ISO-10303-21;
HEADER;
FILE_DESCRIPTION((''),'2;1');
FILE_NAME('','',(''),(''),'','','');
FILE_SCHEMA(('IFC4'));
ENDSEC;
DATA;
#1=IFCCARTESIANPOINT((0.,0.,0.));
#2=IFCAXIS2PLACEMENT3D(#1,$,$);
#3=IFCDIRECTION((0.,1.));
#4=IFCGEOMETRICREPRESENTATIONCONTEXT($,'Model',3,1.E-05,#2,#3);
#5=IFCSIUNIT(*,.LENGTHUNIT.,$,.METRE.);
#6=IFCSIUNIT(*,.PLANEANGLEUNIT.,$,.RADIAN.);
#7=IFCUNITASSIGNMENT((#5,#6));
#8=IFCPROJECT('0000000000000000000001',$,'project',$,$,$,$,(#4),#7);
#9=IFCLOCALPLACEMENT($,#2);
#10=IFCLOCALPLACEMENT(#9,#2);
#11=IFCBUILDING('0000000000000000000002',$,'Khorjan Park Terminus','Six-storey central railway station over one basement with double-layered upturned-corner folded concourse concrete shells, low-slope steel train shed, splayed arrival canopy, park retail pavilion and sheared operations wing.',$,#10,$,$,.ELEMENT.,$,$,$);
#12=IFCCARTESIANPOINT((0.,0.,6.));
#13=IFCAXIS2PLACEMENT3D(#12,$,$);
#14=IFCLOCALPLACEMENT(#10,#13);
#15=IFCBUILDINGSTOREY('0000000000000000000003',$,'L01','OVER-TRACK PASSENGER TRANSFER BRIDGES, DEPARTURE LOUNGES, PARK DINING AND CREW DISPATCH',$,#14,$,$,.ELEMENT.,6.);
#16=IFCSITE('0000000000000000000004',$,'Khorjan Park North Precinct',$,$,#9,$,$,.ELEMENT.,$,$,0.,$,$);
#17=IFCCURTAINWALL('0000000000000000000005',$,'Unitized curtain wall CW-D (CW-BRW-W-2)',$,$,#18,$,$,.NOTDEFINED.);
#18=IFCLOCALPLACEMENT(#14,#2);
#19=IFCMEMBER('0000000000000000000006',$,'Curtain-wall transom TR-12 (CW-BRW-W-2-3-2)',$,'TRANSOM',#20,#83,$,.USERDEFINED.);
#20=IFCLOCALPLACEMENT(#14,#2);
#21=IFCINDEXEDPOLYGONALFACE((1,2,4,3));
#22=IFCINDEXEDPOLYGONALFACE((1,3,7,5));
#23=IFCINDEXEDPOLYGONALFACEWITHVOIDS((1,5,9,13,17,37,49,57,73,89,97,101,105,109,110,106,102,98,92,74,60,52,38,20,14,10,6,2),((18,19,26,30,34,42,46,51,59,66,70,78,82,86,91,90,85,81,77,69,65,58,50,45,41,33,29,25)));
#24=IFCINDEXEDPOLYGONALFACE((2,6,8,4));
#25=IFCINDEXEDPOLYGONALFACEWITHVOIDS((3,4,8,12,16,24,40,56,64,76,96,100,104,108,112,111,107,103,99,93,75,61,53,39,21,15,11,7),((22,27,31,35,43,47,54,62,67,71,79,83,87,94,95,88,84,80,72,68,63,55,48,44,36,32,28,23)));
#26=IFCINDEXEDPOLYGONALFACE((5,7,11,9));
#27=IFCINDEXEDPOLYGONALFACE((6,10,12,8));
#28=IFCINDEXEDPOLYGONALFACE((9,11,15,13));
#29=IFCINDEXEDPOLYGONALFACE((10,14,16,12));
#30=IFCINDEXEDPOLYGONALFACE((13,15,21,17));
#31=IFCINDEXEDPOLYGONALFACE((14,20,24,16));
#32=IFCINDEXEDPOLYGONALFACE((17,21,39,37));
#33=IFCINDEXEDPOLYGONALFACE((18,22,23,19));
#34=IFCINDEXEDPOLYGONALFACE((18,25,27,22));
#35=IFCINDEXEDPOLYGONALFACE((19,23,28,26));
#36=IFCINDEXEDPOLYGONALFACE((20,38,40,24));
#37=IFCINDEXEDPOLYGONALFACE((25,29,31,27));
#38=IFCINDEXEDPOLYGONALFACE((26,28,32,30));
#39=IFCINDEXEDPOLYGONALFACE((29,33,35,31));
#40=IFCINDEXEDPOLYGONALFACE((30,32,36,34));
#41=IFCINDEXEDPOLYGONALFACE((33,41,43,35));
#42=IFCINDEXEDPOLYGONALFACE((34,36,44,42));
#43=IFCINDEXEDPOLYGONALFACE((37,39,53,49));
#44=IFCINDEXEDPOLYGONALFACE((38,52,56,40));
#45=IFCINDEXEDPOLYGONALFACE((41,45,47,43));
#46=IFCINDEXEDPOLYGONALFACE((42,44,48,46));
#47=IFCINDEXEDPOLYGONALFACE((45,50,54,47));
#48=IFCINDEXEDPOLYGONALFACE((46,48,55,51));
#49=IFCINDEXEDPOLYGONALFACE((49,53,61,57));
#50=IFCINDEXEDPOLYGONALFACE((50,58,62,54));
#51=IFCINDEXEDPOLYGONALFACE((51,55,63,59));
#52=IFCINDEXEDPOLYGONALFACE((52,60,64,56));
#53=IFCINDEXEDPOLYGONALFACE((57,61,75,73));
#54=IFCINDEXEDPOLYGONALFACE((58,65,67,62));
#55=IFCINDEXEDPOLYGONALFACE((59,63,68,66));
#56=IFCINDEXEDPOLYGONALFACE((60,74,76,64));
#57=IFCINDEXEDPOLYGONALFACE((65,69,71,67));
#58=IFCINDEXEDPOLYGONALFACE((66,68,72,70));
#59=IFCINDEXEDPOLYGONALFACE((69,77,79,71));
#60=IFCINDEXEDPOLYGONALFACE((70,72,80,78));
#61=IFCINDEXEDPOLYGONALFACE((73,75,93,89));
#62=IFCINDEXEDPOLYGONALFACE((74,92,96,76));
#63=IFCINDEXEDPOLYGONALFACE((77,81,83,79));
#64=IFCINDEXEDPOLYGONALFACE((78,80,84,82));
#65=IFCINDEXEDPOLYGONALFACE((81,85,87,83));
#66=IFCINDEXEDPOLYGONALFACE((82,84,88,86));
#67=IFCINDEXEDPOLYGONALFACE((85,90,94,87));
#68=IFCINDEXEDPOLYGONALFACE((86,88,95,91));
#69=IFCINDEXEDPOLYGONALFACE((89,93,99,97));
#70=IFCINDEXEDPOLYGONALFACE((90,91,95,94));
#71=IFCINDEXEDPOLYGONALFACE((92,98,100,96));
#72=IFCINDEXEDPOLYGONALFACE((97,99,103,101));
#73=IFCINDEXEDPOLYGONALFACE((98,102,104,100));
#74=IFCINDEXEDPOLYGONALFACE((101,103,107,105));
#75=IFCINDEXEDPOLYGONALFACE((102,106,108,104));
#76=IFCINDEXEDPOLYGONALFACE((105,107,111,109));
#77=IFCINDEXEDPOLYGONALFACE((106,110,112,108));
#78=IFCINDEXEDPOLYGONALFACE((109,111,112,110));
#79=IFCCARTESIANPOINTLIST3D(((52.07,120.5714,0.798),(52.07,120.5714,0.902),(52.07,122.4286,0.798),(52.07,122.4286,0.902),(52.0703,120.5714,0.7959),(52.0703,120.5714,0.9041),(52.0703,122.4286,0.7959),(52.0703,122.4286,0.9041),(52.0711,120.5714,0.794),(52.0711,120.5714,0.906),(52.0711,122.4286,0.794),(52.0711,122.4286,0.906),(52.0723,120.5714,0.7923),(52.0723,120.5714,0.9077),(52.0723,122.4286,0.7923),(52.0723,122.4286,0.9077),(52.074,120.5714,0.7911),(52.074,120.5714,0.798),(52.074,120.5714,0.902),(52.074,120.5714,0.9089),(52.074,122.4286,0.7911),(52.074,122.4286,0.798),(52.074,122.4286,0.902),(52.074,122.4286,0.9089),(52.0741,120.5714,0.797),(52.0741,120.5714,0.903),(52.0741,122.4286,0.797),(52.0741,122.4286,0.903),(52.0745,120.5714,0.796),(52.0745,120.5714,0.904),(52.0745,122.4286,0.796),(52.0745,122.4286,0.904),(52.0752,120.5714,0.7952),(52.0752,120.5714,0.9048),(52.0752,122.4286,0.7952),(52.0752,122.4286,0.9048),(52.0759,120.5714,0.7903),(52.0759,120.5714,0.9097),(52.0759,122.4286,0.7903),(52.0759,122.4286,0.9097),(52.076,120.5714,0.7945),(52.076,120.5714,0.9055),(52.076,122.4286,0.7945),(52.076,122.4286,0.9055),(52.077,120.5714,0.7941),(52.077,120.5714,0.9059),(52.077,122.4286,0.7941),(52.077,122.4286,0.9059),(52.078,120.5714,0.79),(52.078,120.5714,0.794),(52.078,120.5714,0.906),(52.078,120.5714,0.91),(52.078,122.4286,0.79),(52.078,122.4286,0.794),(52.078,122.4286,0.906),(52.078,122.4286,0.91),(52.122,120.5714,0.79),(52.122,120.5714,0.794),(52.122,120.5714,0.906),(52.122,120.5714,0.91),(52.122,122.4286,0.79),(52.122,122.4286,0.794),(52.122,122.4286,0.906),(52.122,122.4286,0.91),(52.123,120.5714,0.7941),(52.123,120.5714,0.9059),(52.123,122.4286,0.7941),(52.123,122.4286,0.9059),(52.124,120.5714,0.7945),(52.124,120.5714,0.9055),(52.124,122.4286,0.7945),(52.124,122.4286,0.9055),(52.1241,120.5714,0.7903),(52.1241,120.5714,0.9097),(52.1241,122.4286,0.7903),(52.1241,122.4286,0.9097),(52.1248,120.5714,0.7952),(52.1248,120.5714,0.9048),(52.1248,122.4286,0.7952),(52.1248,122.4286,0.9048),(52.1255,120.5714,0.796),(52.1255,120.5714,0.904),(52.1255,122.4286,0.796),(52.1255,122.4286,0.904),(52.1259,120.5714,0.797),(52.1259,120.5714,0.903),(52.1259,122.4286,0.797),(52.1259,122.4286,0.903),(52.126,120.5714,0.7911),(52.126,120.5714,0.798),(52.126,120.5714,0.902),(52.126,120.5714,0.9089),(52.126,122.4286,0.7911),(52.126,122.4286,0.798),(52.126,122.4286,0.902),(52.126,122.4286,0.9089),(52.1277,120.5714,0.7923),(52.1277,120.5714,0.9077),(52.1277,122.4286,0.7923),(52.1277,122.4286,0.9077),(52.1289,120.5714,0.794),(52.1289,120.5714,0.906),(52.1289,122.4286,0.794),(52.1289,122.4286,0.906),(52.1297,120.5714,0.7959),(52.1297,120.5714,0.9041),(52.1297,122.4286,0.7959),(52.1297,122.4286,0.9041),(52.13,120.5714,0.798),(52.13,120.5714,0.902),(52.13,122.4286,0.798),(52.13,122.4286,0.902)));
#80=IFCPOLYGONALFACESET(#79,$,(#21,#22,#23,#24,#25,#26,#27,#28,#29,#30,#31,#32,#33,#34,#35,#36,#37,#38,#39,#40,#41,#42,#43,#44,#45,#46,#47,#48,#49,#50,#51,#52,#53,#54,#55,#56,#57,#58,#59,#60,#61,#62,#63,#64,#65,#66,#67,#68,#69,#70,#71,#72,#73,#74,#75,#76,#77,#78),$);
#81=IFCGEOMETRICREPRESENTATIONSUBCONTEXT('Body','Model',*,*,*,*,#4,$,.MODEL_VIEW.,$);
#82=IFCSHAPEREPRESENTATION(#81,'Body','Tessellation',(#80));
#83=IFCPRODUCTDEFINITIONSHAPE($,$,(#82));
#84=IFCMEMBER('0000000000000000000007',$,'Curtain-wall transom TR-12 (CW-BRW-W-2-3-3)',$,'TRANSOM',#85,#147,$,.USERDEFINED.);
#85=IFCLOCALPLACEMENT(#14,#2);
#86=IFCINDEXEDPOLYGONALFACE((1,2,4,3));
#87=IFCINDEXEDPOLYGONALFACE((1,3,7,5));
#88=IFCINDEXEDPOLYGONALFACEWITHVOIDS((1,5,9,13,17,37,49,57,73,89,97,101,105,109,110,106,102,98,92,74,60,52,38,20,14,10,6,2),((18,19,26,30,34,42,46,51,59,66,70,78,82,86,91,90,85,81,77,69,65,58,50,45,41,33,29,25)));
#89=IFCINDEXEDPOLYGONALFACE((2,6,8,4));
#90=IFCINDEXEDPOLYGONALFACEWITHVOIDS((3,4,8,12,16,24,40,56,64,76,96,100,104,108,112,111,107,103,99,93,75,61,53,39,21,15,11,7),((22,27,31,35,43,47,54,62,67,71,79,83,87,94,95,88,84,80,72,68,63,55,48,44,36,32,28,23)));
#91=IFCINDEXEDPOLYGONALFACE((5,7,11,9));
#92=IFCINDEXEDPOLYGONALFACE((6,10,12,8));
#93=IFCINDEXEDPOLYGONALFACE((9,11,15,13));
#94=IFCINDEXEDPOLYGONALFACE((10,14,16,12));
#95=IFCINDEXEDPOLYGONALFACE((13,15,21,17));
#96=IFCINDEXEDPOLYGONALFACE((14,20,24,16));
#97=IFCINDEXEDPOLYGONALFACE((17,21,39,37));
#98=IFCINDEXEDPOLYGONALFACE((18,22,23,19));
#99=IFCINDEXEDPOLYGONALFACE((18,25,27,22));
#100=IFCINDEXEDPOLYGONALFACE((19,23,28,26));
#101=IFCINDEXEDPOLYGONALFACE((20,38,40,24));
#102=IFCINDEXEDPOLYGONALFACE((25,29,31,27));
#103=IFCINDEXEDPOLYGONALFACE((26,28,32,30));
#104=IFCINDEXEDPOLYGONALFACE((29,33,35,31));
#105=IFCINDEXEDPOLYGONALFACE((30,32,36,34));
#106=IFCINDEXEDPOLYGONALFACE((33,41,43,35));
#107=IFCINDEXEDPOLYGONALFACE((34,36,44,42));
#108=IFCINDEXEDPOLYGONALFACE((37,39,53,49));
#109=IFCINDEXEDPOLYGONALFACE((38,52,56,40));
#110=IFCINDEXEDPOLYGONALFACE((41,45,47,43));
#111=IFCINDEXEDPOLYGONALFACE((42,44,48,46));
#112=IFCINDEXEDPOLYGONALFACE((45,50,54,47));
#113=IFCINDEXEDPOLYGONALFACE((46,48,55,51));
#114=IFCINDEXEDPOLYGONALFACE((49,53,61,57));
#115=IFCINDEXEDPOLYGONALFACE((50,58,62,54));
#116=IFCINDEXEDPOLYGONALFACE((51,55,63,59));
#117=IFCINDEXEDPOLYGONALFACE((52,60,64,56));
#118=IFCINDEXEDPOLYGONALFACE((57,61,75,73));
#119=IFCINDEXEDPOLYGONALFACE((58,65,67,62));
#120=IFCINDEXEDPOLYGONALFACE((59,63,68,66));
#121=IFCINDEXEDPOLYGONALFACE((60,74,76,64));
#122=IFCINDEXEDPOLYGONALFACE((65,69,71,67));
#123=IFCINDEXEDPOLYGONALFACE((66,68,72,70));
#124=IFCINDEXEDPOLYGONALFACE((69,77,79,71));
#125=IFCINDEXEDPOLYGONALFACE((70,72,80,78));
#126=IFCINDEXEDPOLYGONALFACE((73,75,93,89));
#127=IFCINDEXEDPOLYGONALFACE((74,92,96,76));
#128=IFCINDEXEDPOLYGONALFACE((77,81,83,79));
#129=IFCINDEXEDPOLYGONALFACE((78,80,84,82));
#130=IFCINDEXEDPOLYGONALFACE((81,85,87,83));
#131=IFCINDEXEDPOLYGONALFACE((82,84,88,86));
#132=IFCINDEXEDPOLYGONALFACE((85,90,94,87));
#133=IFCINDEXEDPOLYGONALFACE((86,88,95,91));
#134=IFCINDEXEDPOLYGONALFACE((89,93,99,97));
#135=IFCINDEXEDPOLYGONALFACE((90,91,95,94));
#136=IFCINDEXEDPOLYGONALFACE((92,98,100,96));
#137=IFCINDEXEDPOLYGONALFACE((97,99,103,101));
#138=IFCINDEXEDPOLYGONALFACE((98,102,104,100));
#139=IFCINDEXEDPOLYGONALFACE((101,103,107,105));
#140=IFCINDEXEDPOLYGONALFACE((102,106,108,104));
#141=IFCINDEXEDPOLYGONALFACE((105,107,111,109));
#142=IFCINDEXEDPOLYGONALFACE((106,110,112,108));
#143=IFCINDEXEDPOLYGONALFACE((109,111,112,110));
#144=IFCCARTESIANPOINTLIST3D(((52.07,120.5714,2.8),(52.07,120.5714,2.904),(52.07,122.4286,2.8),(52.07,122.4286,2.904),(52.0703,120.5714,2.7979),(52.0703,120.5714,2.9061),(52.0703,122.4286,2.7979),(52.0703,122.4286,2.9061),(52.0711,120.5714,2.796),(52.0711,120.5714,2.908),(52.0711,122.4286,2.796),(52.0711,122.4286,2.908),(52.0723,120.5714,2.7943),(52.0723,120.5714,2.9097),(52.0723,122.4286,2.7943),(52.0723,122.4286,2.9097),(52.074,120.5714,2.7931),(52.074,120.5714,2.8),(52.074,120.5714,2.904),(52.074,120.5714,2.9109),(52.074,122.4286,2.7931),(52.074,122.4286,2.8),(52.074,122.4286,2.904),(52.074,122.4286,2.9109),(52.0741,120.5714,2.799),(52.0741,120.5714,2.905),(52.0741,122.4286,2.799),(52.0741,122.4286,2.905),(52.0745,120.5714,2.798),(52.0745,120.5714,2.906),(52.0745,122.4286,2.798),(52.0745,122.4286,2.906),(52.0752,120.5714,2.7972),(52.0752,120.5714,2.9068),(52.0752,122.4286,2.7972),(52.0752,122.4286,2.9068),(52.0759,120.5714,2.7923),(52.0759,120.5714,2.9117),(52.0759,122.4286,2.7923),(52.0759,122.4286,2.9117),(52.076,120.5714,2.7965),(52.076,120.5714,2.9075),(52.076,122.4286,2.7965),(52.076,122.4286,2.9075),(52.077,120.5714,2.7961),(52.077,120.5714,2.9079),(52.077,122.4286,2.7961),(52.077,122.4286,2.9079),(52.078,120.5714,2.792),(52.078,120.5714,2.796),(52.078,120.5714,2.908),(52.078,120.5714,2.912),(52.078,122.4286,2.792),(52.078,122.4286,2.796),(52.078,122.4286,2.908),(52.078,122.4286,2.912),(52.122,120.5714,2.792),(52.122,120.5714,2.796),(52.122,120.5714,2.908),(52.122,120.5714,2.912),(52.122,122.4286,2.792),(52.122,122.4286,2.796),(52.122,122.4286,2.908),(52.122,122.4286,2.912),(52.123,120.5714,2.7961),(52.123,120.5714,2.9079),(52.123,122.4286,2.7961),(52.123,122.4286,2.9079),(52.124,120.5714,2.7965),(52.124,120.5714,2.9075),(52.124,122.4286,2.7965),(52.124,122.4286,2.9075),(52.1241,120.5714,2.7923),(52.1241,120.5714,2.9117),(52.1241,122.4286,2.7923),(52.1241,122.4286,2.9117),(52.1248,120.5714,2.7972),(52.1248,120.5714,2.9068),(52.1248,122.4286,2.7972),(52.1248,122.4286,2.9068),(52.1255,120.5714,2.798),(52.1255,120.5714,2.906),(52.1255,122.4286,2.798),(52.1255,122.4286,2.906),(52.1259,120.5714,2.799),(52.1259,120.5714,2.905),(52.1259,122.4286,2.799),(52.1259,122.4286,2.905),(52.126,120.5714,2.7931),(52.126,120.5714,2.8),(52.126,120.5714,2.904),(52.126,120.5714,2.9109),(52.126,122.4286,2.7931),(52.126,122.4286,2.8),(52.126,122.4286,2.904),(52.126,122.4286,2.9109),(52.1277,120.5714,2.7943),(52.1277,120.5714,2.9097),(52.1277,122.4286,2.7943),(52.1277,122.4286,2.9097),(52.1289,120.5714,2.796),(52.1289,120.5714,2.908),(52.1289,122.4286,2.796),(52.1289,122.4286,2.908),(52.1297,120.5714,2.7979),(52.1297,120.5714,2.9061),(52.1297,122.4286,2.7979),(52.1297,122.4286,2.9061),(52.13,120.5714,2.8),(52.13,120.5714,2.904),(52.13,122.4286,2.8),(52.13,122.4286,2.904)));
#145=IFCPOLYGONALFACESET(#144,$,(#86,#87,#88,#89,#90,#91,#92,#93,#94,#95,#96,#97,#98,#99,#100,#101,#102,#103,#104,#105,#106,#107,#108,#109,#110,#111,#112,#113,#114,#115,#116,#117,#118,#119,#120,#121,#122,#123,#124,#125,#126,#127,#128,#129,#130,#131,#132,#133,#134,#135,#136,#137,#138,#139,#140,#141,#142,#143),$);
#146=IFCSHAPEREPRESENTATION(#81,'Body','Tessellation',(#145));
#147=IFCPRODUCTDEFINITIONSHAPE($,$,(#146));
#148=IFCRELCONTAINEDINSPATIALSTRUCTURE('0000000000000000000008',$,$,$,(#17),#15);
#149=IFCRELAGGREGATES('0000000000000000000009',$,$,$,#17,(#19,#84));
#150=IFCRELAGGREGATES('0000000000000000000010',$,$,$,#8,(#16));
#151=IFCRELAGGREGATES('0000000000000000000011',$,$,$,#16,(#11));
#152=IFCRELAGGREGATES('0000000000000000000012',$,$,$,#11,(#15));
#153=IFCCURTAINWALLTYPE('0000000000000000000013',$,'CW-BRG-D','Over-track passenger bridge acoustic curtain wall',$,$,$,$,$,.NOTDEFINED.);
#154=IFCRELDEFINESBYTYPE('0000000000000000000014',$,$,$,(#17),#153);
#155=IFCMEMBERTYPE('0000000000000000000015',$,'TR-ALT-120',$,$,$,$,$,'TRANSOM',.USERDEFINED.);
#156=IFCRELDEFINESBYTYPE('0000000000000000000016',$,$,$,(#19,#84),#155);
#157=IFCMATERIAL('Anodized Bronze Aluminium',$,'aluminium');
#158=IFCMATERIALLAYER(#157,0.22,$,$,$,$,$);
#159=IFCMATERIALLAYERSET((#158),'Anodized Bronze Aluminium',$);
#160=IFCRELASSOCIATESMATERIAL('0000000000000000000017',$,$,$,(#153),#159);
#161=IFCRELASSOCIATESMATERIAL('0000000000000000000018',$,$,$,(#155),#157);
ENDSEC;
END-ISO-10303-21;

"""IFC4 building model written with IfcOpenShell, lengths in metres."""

from ifc_helpers import new_model, si_unit, direction, frame, origin, origin_2d, place, context, subcontext, project, spatial, hollow_rectangle, extrude, material, layer, layer_set, material_profile, profile_set, type_object, element, aggregate, save


model = new_model("IFC4")

# Units and contexts
model_context = context("Model", 3, precision=1e-05, world=origin(), true_north=direction((0.0, 1.0)))
body_context = subcontext(model_context, "Body", "Model", "MODEL_VIEW")
ifc_project = project(units=[si_unit("LENGTHUNIT", "METRE"), si_unit("PLANEANGLEUNIT", "RADIAN")], contexts=[model_context])

# Site, building, storey
site_placement = place(None, origin())
site = spatial("IfcSite", under=ifc_project, at=site_placement, Name="Khorjan Park North Precinct", CompositionType="ELEMENT", RefElevation=0.0)
building_placement = place(site_placement, origin())
building = spatial("IfcBuilding", under=site, at=building_placement, Name="Khorjan Park Terminus", Description="Six-storey central railway station over one basement with double-layered upturned-corner folded concourse concrete shells, low-slope steel train shed, splayed arrival canopy, park retail pavilion and sheared operations wing.", CompositionType="ELEMENT")
storey_placement = place(building_placement, frame((0.0, 0.0, 6.0)))
storey = spatial("IfcBuildingStorey", under=building, at=storey_placement, Name="L01", Description="OVER-TRACK PASSENGER TRANSFER BRIDGES, DEPARTURE LOUNGES, PARK DINING AND CREW DISPATCH", CompositionType="ELEMENT", Elevation=6.0)

# Curtain wall, members
ifc_material_1 = material(Name="Anodized Bronze Aluminium", Category="aluminium")
ifc_layer_1 = layer(ifc_material_1, 0.22)
ifc_layer_set_1 = layer_set([ifc_layer_1], Name="Anodized Bronze Aluminium")
curtain_wall_type = type_object("IfcCurtainWallType", Name="CW-BRG-D", Description="Over-track passenger bridge acoustic curtain wall", PredefinedType="NOTDEFINED", material=ifc_layer_set_1)
curtain_wall_placement = place(storey_placement, origin())
curtain_wall = element("IfcCurtainWall", 1, at=curtain_wall_placement, inside=storey, type_object=curtain_wall_type, Name="Unitized curtain wall CW-D (CW-BRW-W-2)", PredefinedType="NOTDEFINED")
ifc_material_profile_1 = material_profile(ifc_material_1, hollow_rectangle(XDim=0.06, YDim=0.12, WallThickness=0.004, InnerFilletRadius=0.004, OuterFilletRadius=0.008, at=origin_2d()), Name="ALT 60x120x4")
ifc_profile_set_1 = profile_set([ifc_material_profile_1], Name="Anodized Bronze Aluminium")
member_type_1 = type_object("IfcMemberType", Name="TR-ALT-120", ElementType="TRANSOM", PredefinedType="USERDEFINED", material=ifc_profile_set_1)
member_1_placement = place(storey_placement, frame((52.1, 122.4286, 0.85), z_axis=(0.0, -1.0, 0.0), x_axis=(1.0, 0.0, 0.0)))
member_1 = element("IfcMember", 2, at=member_1_placement, type_object=member_type_1, Name="Curtain-wall transom TR-12 (CW-BRW-W-2-3-2)", ObjectType="TRANSOM", PredefinedType="USERDEFINED", context=body_context, shape_type="SweptSolid", body=[
    extrude(hollow_rectangle(XDim=0.06, YDim=0.12, WallThickness=0.004, InnerFilletRadius=0.004, OuterFilletRadius=0.008, at=origin_2d()), origin(), (0.0, 0.0, 1.0), 1.8572),
])
member_2_placement = place(storey_placement, frame((52.1, 122.4286, 2.852), z_axis=(0.0, -1.0, 0.0), x_axis=(1.0, 0.0, 0.0)))
member_2 = element("IfcMember", 3, at=member_2_placement, type_object=member_type_1, Name="Curtain-wall transom TR-12 (CW-BRW-W-2-3-3)", ObjectType="TRANSOM", PredefinedType="USERDEFINED", context=body_context, shape_type="SweptSolid", body=[
    extrude(hollow_rectangle(XDim=0.06, YDim=0.12, WallThickness=0.004, InnerFilletRadius=0.004, OuterFilletRadius=0.008, at=origin_2d()), origin(), (0.0, 0.0, 1.0), 1.8572),
])
aggregate(curtain_wall, [member_1, member_2])

save(model, "model.ifc")
